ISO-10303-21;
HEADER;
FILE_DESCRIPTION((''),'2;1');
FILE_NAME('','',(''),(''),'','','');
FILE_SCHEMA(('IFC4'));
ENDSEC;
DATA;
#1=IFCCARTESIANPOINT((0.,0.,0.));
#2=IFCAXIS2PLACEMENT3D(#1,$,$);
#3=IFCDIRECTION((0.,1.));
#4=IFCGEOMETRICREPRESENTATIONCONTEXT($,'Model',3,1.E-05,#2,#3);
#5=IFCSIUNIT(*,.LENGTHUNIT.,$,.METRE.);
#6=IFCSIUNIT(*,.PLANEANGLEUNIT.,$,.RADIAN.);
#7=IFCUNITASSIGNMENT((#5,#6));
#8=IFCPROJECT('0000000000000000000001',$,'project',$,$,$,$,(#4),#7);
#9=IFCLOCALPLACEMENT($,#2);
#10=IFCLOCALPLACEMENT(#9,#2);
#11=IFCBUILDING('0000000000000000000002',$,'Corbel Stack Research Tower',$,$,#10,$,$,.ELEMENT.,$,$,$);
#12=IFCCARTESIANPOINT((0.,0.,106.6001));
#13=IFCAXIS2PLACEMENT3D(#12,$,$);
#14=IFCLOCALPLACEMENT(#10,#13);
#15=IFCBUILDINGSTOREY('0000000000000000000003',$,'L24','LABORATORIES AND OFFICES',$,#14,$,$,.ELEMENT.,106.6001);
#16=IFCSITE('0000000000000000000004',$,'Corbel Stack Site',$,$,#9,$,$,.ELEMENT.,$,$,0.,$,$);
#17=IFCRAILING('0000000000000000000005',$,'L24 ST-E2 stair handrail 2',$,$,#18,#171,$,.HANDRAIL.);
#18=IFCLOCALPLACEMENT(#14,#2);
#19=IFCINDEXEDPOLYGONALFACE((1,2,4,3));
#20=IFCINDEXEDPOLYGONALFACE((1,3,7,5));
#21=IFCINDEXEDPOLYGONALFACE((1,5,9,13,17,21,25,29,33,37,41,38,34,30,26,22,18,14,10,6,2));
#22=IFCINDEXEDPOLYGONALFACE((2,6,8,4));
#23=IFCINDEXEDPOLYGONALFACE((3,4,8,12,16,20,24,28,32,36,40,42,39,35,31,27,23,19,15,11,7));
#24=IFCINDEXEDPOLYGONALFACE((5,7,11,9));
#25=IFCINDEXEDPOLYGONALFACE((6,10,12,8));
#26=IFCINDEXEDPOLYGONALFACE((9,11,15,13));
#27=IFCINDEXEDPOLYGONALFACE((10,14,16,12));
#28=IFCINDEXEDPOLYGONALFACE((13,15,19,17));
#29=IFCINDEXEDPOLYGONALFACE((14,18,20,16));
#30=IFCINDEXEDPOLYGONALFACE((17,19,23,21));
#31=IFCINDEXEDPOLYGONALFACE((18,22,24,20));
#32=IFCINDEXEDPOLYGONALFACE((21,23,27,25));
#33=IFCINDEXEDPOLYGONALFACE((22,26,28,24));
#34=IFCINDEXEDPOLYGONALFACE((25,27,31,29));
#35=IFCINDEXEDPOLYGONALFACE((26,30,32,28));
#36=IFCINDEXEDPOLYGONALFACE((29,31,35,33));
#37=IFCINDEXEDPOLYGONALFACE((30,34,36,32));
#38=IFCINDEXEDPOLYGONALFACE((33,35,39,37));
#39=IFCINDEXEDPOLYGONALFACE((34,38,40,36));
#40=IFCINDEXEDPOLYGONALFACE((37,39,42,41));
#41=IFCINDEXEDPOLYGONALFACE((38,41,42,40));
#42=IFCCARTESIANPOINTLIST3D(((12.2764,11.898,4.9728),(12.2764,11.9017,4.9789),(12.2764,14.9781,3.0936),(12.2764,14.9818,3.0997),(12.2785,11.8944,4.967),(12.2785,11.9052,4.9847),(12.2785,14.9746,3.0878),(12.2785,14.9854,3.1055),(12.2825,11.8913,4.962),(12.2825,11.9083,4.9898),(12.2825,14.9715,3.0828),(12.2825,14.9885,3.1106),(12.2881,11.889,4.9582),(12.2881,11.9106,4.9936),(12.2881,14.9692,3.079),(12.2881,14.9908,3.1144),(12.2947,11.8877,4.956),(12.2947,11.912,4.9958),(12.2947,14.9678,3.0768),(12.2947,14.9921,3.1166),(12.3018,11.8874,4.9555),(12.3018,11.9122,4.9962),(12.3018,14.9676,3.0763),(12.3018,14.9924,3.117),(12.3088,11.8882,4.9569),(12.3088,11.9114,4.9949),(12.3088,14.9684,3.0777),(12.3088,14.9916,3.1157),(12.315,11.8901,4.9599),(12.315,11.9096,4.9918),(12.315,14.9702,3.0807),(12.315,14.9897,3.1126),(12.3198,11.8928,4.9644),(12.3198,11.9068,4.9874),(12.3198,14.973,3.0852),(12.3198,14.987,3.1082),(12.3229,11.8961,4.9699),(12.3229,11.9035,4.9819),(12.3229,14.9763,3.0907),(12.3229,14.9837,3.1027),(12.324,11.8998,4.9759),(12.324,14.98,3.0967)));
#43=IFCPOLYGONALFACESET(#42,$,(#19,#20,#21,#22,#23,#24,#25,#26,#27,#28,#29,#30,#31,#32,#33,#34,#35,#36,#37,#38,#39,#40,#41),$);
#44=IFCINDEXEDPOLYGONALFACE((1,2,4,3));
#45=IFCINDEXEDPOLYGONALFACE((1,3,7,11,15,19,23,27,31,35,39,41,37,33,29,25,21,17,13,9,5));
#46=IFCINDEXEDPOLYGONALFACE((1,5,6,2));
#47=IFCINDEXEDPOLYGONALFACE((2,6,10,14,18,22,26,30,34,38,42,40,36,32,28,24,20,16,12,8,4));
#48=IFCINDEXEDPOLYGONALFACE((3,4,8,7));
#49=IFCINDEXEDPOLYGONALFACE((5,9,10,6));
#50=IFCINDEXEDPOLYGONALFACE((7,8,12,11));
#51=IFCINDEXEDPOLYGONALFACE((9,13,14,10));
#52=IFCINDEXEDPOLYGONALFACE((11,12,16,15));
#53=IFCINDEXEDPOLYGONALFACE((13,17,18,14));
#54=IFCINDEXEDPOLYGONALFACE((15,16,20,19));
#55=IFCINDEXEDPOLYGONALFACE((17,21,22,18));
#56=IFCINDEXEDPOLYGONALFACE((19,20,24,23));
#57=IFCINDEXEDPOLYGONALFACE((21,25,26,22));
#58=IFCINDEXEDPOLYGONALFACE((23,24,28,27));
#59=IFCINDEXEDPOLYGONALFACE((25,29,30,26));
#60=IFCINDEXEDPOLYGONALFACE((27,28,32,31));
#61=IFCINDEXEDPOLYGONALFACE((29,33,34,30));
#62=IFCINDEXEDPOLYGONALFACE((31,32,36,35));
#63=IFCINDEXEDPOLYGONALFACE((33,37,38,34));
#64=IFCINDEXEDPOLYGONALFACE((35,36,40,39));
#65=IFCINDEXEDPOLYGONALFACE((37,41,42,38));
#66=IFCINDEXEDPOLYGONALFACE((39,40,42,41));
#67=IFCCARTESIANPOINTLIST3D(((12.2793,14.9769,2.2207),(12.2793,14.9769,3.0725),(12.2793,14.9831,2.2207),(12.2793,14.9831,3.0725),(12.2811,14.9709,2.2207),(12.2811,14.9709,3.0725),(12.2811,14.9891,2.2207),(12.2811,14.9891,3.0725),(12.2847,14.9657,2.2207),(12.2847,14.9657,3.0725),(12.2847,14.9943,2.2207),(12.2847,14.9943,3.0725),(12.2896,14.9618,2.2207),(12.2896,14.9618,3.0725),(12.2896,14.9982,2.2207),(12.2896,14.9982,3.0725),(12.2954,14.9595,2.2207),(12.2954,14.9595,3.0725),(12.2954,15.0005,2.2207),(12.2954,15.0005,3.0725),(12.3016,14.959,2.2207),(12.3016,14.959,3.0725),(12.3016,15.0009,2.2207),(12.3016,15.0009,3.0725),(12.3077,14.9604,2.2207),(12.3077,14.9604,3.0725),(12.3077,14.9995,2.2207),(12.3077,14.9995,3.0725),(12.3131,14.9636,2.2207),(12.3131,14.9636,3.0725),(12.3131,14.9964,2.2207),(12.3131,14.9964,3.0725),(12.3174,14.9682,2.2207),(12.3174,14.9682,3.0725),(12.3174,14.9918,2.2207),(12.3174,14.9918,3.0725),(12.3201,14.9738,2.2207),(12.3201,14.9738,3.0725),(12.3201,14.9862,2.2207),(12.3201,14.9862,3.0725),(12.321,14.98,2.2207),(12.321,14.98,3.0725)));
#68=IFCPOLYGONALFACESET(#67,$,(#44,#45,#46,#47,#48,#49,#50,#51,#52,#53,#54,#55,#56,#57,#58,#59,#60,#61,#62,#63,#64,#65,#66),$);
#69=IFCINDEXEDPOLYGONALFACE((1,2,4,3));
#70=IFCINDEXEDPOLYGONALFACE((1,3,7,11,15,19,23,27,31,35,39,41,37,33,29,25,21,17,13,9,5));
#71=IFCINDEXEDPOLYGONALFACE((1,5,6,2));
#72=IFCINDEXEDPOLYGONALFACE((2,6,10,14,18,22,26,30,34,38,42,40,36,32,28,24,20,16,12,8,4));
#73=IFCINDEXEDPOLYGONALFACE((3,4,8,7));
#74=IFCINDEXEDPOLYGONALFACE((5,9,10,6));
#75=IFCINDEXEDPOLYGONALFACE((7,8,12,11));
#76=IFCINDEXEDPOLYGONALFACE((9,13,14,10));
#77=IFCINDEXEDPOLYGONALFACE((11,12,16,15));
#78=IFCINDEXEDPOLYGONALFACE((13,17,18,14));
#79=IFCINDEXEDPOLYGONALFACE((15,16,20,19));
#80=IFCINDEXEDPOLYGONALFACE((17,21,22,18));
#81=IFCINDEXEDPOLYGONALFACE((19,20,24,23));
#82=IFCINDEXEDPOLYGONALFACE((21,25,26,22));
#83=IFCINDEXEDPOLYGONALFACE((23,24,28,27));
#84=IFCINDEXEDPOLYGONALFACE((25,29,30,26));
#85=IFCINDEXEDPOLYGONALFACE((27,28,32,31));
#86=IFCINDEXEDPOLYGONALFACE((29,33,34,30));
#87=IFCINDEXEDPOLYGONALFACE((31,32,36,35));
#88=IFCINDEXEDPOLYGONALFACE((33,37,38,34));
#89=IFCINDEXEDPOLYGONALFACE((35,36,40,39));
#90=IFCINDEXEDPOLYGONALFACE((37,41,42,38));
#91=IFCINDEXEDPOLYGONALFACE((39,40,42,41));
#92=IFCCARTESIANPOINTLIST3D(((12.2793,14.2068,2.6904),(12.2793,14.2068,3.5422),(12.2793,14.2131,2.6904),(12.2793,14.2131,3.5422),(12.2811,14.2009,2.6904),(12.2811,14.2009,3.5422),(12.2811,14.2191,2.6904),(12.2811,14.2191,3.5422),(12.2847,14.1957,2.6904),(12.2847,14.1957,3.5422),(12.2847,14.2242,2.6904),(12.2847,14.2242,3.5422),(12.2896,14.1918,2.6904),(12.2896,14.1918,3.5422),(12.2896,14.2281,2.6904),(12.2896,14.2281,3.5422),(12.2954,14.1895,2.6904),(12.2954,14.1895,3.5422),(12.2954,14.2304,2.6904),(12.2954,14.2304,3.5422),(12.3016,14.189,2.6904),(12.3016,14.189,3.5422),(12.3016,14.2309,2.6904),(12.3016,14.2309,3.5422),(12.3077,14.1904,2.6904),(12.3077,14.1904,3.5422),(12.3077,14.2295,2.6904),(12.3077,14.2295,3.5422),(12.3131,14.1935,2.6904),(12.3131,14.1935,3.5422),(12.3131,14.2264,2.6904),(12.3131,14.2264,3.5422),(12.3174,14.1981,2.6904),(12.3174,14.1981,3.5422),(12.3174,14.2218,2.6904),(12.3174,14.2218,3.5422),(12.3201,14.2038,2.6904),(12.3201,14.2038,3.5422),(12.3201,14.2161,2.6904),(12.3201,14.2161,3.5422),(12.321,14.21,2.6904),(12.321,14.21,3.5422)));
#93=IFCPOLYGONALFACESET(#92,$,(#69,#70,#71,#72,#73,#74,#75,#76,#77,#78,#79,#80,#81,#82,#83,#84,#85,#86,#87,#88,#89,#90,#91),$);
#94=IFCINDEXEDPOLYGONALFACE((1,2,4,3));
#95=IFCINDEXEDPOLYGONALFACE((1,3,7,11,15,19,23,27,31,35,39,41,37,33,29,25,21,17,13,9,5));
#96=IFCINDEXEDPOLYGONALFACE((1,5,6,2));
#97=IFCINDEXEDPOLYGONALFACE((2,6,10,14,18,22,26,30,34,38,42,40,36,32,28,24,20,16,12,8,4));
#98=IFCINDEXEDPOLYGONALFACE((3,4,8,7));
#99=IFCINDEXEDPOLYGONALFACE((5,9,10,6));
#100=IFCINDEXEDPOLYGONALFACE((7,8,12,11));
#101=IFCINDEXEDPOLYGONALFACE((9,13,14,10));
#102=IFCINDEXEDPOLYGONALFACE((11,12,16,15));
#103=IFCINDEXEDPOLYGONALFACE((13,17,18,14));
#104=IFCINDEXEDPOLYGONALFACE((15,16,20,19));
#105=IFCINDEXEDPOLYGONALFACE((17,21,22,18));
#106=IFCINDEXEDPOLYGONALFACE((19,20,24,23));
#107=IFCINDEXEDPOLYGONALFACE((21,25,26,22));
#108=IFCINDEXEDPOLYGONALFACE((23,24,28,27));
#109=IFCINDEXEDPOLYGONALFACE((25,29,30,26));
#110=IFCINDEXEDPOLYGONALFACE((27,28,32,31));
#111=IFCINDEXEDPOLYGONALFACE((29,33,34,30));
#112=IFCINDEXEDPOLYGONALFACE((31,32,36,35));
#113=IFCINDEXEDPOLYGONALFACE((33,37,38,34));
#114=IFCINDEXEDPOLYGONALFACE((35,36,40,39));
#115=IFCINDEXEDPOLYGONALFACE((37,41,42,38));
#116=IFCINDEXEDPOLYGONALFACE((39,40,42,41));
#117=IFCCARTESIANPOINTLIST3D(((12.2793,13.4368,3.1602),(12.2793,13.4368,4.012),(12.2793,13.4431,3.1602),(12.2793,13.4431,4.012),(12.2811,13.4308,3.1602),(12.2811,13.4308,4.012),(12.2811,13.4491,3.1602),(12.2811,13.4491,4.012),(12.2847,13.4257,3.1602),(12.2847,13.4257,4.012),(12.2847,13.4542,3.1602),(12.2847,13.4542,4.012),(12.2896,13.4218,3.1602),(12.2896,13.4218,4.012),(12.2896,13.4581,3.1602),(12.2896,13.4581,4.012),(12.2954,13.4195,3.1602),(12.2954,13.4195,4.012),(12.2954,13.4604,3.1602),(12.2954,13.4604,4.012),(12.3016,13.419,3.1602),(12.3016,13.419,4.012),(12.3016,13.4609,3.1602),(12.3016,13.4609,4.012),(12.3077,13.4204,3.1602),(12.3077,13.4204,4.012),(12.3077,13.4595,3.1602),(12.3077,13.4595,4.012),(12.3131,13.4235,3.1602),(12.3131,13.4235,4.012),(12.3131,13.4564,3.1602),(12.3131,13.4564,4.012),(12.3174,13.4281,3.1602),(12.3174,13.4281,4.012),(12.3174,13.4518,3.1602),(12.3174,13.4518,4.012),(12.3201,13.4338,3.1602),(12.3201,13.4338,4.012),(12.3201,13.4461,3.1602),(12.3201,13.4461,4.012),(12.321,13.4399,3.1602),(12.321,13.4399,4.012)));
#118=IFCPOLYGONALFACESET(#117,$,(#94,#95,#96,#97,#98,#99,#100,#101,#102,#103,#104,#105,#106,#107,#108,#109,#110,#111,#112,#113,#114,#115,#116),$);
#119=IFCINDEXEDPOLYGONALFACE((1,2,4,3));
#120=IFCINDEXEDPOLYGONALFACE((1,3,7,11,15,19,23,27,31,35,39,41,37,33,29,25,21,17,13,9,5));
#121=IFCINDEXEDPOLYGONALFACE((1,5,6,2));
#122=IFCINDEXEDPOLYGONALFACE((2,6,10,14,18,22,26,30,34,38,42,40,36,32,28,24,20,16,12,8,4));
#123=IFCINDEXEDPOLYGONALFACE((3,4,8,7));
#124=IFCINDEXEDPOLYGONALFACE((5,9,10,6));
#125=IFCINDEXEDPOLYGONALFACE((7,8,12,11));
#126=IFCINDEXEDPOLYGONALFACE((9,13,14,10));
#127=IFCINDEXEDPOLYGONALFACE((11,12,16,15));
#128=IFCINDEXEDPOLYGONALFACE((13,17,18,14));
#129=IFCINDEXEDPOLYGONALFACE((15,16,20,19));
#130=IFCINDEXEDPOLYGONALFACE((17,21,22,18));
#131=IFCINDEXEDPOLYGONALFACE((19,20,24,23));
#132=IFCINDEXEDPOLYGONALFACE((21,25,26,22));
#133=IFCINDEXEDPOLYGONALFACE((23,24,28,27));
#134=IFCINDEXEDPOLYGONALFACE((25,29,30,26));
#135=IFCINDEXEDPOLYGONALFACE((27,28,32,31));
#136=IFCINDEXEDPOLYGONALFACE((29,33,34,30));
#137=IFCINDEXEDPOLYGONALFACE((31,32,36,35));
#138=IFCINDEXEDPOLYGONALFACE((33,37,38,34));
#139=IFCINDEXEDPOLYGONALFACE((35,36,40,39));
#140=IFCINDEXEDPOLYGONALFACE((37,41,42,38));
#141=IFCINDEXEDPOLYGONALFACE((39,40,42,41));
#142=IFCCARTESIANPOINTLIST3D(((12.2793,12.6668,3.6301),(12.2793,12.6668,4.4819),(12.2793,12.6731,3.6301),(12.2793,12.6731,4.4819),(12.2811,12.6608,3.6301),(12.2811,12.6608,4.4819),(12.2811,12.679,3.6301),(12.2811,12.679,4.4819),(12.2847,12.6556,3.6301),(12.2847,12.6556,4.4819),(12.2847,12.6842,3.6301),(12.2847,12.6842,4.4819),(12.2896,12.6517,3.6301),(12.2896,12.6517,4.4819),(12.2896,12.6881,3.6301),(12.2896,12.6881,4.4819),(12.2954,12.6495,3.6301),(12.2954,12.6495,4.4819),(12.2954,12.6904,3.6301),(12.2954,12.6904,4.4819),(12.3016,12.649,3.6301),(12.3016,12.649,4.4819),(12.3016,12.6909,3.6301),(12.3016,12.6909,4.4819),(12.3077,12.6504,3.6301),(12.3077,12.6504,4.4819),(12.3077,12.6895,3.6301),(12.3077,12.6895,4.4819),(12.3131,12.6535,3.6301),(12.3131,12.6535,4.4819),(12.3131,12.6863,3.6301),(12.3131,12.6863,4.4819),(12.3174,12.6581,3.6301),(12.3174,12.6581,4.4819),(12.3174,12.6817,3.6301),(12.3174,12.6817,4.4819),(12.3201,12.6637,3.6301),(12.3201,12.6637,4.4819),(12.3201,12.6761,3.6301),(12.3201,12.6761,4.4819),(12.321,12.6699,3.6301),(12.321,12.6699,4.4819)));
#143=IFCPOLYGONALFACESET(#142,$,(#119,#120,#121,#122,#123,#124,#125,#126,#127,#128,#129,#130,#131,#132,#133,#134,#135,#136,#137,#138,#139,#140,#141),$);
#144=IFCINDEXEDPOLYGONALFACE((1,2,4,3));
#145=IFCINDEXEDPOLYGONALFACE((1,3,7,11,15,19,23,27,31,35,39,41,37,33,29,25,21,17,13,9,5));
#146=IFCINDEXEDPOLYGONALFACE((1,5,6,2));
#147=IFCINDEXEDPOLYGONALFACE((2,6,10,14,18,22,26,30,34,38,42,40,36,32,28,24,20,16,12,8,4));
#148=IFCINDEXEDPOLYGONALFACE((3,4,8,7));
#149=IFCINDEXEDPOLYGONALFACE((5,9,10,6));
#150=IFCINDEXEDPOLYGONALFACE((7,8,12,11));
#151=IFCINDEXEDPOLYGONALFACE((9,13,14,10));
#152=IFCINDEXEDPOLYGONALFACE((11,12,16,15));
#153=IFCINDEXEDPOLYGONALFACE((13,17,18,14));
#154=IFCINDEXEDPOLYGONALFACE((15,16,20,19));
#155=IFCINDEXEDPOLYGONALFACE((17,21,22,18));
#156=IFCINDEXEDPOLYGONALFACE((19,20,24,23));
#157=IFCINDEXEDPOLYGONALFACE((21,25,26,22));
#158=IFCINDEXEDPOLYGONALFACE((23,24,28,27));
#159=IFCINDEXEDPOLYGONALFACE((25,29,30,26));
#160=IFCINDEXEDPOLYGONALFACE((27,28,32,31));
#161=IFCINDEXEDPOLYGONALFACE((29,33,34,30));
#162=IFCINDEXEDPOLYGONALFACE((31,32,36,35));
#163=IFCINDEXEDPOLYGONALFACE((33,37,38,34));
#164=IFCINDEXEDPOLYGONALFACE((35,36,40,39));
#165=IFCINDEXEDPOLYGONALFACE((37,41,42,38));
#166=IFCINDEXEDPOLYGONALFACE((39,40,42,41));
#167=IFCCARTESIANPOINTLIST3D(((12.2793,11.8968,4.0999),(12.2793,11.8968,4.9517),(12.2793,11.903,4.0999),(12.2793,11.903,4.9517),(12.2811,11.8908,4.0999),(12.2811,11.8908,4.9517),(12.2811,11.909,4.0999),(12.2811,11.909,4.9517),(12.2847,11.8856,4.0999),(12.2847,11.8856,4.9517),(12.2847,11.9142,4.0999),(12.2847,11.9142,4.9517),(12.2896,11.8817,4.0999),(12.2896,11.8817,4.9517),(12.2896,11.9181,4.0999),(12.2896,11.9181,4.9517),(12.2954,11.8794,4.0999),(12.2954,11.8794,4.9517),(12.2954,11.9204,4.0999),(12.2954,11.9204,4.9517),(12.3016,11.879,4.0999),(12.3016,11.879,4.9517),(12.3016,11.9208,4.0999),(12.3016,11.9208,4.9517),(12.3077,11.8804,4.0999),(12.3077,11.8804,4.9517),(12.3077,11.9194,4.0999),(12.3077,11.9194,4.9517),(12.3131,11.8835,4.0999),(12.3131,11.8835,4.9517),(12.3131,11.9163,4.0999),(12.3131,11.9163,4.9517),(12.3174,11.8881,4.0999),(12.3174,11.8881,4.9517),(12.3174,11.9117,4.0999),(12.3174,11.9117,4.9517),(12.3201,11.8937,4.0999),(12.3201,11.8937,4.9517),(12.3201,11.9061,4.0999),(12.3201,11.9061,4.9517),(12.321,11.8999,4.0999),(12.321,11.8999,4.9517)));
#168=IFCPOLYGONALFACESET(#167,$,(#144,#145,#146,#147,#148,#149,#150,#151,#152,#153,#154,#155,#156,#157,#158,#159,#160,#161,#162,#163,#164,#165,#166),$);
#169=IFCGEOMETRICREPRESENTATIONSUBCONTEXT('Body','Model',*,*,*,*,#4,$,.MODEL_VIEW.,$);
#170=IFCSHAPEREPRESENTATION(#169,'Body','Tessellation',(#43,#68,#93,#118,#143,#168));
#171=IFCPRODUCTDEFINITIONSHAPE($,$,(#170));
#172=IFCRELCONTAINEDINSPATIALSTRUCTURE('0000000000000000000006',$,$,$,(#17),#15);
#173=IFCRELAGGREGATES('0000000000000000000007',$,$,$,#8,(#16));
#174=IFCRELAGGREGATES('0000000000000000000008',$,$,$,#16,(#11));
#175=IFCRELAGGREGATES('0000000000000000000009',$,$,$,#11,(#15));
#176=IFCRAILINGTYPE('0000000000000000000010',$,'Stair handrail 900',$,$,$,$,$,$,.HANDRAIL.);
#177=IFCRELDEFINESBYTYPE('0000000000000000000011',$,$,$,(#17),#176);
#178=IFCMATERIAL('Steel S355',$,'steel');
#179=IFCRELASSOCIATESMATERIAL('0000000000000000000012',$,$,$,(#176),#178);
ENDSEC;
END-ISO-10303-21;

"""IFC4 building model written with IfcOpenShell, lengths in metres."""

from ifc_helpers import new_model, si_unit, direction, frame, origin, origin_2d, place, context, subcontext, project, spatial, circle, extrude, material, type_object, element, save


model = new_model("IFC4")

# Units and contexts
model_context = context("Model", 3, precision=1e-05, world=origin(), true_north=direction((0.0, 1.0)))
body_context = subcontext(model_context, "Body", "Model", "MODEL_VIEW")
ifc_project = project(units=[si_unit("LENGTHUNIT", "METRE"), si_unit("PLANEANGLEUNIT", "RADIAN")], contexts=[model_context])

# Site, building, storey
site_placement = place(None, origin())
site = spatial("IfcSite", under=ifc_project, at=site_placement, Name="Corbel Stack Site", CompositionType="ELEMENT", RefElevation=0.0)
building_placement = place(site_placement, origin())
building = spatial("IfcBuilding", under=site, at=building_placement, Name="Corbel Stack Research Tower", CompositionType="ELEMENT")
storey_placement = place(building_placement, frame((0.0, 0.0, 106.6001)))
storey = spatial("IfcBuildingStorey", under=building, at=storey_placement, Name="L24", Description="LABORATORIES AND OFFICES", CompositionType="ELEMENT", Elevation=106.6001)

# Railing
ifc_material_1 = material(Name="Steel S355", Category="steel")
railing_type_1 = type_object("IfcRailingType", Name="Stair handrail 900", PredefinedType="HANDRAIL", material=ifc_material_1)
railing_1_placement = place(storey_placement, frame((12.3, 14.98, 2.2207)))
element("IfcRailing", 1, at=railing_1_placement, inside=storey, type_object=railing_type_1, Name="L24 ST-E2 stair handrail 2", PredefinedType="HANDRAIL", context=body_context, shape_type="SweptSolid", body=[
    extrude(circle(Radius=0.0239, at=origin_2d()), frame((0.0, 0.0, 0.876), z_axis=(0.0, -0.853666, 0.52082), x_axis=(1.0, 0.0, 0.0)), (0.0, 0.0, 1.0), 3.6082),
    extrude(circle(Radius=0.021, at=origin_2d()), origin(), (0.0, 0.0, 1.0), 0.8518),
    extrude(circle(Radius=0.021, at=origin_2d()), frame((0.0, -0.77, 0.4697)), (0.0, 0.0, 1.0), 0.8518),
    extrude(circle(Radius=0.021, at=origin_2d()), frame((0.0, -1.54, 0.9395)), (0.0, 0.0, 1.0), 0.8518),
    extrude(circle(Radius=0.021, at=origin_2d()), frame((0.0, -2.3101, 1.4094)), (0.0, 0.0, 1.0), 0.8518),
    extrude(circle(Radius=0.021, at=origin_2d()), frame((0.0, -3.0801, 1.8792)), (0.0, 0.0, 1.0), 0.8518),
])

save(model, "model.ifc")
